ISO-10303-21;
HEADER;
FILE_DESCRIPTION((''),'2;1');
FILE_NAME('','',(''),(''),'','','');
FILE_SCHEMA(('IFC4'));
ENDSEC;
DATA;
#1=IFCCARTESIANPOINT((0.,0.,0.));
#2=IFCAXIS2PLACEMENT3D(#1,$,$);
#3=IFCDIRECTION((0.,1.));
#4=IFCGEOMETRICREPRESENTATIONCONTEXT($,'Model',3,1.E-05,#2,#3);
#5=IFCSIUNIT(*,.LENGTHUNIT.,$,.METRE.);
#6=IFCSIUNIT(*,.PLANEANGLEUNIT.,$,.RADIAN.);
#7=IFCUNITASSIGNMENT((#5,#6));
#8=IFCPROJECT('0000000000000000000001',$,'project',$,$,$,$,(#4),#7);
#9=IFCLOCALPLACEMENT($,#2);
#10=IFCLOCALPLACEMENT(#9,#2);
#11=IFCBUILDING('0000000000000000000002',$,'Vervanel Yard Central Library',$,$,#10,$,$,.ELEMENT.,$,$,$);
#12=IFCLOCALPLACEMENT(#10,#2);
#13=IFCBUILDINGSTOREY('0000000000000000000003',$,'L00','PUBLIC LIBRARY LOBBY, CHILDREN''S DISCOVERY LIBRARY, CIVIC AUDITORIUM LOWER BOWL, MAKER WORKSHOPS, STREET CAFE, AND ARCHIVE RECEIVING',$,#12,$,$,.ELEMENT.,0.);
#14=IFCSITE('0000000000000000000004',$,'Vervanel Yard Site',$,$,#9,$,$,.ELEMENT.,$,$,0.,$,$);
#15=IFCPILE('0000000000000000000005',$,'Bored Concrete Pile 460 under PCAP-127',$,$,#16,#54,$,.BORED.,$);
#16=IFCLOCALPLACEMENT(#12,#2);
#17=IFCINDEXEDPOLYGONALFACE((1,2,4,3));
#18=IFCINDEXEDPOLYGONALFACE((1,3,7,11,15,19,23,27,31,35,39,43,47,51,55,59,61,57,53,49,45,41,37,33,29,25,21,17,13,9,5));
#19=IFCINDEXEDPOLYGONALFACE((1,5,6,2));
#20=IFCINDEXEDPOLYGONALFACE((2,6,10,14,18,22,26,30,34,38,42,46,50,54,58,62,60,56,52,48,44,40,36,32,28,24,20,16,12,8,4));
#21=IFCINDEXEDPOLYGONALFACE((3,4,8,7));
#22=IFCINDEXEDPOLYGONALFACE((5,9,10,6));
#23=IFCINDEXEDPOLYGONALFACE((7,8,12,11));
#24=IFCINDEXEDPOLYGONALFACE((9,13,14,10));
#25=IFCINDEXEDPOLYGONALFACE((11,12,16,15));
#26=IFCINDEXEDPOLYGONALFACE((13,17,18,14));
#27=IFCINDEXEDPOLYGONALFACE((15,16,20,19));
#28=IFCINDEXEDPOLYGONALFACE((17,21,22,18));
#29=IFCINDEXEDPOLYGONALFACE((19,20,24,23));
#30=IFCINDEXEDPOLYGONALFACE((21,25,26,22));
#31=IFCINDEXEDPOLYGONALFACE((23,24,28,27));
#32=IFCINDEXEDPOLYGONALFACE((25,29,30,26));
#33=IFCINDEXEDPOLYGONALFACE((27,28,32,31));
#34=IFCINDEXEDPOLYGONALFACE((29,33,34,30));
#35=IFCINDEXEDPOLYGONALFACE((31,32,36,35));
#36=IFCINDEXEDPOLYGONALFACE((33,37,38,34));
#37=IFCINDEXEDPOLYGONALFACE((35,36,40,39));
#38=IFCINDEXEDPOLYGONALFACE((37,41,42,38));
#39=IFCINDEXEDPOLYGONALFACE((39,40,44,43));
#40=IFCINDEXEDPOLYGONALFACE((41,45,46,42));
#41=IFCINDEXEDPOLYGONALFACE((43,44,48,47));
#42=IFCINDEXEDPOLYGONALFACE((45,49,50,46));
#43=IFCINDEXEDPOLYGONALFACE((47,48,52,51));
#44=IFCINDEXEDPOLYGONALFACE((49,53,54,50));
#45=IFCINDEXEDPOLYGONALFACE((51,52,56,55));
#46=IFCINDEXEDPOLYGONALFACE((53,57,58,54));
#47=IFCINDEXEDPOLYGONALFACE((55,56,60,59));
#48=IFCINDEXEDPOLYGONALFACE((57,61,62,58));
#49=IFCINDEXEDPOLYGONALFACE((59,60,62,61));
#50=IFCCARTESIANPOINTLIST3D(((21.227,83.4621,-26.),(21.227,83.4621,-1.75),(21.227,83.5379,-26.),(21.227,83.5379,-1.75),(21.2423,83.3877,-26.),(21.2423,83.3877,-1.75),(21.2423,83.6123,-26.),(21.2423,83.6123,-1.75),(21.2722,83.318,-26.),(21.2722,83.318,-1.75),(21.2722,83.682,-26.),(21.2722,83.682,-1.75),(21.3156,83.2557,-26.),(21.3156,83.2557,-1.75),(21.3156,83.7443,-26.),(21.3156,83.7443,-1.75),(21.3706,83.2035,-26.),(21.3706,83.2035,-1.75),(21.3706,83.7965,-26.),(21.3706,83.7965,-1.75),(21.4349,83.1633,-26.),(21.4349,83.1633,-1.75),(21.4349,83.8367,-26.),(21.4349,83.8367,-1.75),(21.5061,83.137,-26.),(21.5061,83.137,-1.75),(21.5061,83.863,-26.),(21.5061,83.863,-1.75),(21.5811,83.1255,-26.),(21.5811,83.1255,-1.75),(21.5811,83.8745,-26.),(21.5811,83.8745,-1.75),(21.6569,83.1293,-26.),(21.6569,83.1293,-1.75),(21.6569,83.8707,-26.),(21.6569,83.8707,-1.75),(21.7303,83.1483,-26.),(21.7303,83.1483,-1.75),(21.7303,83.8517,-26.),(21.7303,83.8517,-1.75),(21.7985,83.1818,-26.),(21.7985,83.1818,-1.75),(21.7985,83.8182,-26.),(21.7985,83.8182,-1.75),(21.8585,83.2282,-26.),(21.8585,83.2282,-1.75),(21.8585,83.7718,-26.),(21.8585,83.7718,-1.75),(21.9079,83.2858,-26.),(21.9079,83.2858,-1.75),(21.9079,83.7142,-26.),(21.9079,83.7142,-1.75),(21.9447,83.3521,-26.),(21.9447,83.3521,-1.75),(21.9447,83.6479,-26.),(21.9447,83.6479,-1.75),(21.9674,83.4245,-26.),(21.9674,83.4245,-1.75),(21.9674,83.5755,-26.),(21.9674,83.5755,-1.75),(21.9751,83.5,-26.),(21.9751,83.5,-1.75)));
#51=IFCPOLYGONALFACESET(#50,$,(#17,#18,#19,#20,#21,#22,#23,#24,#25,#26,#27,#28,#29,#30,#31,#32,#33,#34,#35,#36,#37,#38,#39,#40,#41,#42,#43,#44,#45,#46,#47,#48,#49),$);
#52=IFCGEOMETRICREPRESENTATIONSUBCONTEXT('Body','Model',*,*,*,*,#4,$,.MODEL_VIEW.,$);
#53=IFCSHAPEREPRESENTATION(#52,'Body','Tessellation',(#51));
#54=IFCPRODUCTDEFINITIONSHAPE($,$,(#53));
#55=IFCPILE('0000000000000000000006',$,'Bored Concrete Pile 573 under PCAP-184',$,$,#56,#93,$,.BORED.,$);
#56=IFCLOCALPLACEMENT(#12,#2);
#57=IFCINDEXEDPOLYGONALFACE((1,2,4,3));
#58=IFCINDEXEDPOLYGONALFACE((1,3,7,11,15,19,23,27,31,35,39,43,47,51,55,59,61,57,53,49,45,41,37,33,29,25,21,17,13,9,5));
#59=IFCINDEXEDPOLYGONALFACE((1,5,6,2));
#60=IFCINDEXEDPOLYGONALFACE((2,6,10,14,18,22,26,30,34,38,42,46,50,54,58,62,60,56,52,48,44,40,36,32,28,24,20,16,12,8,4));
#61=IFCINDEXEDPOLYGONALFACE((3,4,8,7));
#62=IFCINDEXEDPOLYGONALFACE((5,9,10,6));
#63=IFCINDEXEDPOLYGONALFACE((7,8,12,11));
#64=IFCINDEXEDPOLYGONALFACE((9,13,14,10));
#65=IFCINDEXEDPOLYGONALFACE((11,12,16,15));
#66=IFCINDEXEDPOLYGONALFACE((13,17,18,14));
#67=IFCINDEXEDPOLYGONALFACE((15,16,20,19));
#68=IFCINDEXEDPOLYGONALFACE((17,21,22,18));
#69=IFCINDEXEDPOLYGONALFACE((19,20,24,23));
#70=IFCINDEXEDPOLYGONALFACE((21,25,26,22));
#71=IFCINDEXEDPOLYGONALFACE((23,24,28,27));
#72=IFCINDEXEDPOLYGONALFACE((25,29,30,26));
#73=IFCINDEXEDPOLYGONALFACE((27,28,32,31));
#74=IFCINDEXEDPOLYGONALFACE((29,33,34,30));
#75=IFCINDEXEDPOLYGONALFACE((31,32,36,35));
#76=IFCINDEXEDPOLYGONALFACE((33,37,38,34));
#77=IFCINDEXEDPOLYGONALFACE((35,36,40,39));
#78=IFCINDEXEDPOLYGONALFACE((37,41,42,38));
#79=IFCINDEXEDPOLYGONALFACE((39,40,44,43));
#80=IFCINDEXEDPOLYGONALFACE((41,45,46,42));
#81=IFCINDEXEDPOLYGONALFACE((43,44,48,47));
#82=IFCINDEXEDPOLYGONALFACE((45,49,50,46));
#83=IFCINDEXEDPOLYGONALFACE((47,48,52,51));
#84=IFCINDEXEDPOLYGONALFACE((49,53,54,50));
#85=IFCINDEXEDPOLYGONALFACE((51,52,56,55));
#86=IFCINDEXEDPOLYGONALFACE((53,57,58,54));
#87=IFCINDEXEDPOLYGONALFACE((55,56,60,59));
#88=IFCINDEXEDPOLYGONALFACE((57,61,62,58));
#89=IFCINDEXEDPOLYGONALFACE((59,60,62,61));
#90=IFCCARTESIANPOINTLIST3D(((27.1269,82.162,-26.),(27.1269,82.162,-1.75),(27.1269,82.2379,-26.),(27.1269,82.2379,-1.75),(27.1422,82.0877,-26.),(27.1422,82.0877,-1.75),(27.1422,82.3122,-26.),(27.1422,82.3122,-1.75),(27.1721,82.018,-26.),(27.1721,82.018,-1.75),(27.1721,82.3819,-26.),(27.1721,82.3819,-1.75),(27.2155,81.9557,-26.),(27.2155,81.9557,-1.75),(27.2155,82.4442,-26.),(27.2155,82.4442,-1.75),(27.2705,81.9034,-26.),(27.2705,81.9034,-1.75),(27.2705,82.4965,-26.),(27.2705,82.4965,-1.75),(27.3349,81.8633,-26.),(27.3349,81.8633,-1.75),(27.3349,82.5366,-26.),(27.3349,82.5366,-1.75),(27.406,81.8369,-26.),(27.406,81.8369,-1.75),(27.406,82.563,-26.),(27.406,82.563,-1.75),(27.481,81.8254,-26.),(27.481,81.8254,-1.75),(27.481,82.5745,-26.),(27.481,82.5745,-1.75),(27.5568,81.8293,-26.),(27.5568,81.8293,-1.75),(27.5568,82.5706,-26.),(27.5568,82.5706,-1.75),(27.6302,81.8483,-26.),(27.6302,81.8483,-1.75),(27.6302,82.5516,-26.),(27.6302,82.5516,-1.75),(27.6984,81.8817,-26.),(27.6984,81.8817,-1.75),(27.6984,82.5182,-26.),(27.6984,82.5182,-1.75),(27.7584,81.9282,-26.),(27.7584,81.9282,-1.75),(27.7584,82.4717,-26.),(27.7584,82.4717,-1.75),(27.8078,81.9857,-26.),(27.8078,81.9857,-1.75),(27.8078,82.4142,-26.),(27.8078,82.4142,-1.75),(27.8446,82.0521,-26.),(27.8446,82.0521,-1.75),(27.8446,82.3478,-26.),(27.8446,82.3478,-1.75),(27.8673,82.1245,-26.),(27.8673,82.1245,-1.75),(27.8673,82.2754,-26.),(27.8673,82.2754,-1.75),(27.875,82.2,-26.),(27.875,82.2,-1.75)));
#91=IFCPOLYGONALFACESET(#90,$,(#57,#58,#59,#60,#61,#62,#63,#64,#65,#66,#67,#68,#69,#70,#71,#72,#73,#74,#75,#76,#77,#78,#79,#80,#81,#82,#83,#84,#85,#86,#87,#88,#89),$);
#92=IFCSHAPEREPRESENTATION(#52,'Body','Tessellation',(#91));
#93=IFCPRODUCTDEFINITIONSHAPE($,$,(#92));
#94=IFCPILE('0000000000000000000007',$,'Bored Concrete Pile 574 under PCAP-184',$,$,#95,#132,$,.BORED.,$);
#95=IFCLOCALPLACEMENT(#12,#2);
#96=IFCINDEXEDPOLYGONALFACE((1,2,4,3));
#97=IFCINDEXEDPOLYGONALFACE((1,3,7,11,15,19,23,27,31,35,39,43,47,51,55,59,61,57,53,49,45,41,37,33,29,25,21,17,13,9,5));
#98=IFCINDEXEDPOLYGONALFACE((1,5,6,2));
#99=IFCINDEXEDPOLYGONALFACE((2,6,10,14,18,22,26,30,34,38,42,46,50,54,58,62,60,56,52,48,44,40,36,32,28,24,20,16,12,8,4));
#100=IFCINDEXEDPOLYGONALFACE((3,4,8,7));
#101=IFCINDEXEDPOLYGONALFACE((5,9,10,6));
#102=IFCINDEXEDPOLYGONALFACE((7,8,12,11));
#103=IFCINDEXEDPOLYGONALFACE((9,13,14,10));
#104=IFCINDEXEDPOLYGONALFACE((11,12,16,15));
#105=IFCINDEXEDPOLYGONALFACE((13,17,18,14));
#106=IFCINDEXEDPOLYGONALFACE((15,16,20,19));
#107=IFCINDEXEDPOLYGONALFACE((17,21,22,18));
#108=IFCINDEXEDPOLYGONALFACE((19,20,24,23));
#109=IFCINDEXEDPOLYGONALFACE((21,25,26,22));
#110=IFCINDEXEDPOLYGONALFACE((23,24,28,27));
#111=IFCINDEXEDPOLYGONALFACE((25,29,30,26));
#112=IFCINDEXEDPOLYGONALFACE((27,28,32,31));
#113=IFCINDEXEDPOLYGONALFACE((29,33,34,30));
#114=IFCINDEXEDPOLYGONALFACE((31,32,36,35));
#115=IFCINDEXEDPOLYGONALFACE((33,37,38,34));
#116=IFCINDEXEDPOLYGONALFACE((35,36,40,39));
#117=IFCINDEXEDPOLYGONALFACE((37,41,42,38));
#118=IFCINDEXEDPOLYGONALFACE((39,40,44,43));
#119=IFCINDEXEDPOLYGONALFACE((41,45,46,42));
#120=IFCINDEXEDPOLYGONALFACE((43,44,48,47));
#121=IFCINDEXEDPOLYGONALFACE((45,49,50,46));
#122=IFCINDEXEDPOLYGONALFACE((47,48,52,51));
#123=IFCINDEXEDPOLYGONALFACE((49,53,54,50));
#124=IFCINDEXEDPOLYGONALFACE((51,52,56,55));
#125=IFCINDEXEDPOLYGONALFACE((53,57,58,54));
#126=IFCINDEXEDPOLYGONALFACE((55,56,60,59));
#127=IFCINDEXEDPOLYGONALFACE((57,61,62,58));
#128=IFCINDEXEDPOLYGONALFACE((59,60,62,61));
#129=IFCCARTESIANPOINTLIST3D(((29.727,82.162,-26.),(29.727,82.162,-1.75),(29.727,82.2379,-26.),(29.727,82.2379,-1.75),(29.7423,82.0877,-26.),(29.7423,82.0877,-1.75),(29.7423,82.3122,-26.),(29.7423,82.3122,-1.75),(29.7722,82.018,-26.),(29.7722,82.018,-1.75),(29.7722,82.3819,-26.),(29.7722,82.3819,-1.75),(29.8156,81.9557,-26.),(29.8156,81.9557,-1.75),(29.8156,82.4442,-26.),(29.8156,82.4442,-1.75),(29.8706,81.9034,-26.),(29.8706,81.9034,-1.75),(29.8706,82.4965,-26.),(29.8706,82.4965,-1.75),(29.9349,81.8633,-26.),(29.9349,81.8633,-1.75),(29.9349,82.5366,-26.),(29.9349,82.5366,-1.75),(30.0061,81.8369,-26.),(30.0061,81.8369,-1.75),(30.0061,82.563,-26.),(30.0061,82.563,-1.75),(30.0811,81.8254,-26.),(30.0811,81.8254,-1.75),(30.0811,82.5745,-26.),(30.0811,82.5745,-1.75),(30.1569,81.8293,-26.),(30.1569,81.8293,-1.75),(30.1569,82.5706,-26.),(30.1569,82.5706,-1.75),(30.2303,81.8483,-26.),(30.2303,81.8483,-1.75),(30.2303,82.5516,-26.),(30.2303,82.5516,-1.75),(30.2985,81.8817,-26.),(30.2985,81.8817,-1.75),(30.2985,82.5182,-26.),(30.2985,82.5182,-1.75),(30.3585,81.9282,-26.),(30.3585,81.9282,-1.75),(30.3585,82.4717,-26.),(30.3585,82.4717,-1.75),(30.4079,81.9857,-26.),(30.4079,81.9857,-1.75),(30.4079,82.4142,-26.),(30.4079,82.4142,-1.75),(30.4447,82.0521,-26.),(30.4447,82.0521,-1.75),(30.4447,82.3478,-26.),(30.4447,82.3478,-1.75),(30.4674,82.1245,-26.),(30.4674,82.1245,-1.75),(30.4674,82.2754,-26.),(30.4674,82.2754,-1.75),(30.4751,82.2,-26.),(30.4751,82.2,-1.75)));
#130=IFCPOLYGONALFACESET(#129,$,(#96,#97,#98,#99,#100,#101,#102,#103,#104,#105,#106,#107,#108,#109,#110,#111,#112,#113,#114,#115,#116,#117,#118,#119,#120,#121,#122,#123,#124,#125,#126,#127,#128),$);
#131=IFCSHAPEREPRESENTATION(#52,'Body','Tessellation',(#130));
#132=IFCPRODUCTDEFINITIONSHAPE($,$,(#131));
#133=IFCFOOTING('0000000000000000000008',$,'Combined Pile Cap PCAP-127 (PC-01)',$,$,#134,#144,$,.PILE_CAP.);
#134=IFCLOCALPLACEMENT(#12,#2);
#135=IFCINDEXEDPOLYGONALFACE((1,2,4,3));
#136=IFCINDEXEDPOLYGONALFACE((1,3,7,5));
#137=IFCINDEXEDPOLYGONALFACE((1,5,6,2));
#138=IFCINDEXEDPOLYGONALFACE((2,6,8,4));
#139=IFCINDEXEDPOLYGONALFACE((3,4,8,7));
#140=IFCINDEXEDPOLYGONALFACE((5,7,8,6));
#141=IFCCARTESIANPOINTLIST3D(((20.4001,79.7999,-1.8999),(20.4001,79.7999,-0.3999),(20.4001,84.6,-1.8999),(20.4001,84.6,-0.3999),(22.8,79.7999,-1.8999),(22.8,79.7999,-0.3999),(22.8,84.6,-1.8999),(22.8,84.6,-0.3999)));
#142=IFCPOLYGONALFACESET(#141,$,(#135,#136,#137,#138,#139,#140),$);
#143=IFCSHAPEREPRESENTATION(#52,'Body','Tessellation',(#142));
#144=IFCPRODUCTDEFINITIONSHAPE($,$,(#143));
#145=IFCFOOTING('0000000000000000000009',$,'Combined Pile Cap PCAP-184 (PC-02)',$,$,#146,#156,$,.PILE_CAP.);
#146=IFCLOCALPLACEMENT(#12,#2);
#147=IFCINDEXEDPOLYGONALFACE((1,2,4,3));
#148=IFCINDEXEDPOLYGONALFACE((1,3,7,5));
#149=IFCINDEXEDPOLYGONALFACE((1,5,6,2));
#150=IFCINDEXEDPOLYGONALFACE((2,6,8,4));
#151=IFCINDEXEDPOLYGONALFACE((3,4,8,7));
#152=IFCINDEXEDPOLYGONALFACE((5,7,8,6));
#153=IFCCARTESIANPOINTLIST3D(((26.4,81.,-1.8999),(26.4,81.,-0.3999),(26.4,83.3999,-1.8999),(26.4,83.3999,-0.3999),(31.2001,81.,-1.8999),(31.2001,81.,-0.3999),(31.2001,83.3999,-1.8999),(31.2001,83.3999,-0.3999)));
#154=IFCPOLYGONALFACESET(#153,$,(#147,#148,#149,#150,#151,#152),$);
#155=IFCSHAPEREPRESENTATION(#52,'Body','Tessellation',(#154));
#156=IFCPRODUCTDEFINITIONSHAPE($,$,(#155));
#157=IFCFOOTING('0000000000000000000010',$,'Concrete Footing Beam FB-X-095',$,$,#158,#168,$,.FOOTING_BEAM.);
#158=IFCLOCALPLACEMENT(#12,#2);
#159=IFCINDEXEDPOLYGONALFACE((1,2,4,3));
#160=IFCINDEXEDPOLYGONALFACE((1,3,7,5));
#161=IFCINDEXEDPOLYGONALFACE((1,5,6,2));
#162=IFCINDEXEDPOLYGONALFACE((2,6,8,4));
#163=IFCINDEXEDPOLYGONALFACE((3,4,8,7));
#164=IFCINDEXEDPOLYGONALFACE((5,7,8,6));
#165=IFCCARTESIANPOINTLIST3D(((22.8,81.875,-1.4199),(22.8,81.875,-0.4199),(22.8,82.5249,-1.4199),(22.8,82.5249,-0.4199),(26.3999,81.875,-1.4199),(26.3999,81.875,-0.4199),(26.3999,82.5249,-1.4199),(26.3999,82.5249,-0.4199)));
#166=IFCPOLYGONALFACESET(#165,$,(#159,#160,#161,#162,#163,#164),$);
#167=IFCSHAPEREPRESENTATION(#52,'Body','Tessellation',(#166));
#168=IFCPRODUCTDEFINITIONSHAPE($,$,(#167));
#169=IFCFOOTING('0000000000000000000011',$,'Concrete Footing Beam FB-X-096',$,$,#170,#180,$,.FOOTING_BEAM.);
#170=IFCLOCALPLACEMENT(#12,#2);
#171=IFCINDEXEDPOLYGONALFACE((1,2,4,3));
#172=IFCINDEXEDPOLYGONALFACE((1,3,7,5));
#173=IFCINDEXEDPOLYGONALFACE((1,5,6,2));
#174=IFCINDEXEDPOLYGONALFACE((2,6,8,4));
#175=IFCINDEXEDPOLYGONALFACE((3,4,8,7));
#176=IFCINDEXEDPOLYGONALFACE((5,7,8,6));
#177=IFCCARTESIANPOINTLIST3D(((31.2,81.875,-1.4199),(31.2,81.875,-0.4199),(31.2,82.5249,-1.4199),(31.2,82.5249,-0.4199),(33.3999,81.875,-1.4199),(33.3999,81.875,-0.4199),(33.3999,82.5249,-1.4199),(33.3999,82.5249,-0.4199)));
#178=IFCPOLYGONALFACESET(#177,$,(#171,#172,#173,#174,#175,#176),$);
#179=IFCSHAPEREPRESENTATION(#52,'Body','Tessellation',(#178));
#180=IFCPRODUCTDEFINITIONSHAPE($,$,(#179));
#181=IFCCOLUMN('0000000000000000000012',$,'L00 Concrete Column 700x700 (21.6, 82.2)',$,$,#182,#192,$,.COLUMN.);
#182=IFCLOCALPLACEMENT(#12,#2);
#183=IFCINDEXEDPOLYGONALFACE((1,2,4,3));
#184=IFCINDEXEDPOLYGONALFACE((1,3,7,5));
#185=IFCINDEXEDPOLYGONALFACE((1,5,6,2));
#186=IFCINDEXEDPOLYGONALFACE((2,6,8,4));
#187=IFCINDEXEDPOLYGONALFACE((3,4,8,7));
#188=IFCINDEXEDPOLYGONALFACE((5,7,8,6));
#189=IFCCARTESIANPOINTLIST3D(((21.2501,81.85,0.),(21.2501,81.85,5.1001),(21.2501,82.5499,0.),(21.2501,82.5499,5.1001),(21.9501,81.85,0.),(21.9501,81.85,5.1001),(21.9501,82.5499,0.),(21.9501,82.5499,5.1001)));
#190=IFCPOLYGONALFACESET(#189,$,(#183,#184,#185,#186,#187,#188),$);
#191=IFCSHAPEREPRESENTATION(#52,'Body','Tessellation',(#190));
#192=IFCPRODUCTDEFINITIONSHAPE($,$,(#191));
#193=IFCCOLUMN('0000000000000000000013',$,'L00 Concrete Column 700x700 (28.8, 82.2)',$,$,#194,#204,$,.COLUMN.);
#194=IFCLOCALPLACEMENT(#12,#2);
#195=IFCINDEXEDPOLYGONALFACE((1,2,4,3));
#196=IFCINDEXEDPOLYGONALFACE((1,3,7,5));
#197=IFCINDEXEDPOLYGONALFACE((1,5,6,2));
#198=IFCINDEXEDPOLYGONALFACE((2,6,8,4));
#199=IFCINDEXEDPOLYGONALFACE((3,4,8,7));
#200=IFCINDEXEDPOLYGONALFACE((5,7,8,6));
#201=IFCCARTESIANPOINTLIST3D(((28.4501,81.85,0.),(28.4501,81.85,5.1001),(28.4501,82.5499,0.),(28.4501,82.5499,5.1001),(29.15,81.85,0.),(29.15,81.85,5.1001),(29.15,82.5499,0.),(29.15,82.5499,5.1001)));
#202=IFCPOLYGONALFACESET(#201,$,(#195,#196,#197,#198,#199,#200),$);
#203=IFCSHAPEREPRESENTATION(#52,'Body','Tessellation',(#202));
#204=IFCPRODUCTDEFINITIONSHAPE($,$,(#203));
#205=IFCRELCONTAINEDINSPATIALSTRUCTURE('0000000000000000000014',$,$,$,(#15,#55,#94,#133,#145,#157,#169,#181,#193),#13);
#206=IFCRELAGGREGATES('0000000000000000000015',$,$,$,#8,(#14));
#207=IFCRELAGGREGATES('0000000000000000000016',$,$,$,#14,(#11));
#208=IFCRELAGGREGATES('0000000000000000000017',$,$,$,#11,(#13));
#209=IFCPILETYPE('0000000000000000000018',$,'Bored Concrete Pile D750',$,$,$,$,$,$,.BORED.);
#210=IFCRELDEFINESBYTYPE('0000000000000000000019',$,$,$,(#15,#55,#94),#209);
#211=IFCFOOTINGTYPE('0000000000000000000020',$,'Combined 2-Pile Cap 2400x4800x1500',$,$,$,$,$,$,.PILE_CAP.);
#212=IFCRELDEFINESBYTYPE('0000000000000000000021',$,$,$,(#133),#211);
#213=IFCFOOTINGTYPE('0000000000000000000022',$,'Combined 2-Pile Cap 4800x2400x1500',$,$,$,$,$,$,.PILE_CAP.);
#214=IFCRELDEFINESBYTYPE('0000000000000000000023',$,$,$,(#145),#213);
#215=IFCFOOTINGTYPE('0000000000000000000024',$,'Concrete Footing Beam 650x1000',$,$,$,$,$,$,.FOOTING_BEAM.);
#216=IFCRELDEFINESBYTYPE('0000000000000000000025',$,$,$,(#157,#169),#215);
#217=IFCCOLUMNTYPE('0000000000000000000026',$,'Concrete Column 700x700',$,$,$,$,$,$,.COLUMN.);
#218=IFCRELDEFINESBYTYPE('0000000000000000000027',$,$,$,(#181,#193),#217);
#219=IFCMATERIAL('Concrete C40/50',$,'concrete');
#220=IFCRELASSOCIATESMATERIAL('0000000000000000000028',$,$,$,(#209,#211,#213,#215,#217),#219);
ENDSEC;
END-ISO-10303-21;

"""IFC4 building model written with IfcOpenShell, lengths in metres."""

from ifc_helpers import new_model, si_unit, direction, frame, origin, origin_2d, place, context, subcontext, project, spatial, rectangle, circle, extrude, material, material_profile, profile_set, type_object, element, save


model = new_model("IFC4")

# Units and contexts
model_context = context("Model", 3, precision=1e-05, world=origin(), true_north=direction((0.0, 1.0)))
body_context = subcontext(model_context, "Body", "Model", "MODEL_VIEW")
ifc_project = project(units=[si_unit("LENGTHUNIT", "METRE"), si_unit("PLANEANGLEUNIT", "RADIAN")], contexts=[model_context])

# Site, building, storey
site_placement = place(None, origin())
site = spatial("IfcSite", under=ifc_project, at=site_placement, Name="Vervanel Yard Site", CompositionType="ELEMENT", RefElevation=0.0)
building_placement = place(site_placement, origin())
building = spatial("IfcBuilding", under=site, at=building_placement, Name="Vervanel Yard Central Library", CompositionType="ELEMENT")
storey_placement = place(building_placement, origin())
storey = spatial("IfcBuildingStorey", under=building, at=storey_placement, Name="L00", Description="PUBLIC LIBRARY LOBBY, CHILDREN'S DISCOVERY LIBRARY, CIVIC AUDITORIUM LOWER BOWL, MAKER WORKSHOPS, STREET CAFE, AND ARCHIVE RECEIVING", CompositionType="ELEMENT", Elevation=0.0)

# Piles
ifc_material_1 = material(Name="Concrete C40/50", Category="concrete")
ifc_material_profile_1 = material_profile(ifc_material_1, circle(Radius=0.375, at=origin_2d()), Name="BP D750", Category="concrete")
ifc_profile_set_1 = profile_set([ifc_material_profile_1], Name="Concrete C40/50")
pile_type = type_object("IfcPileType", Name="Bored Concrete Pile D750", PredefinedType="BORED", material=ifc_profile_set_1)
for number, where, z_axis, x_axis, name in (
    (1, (21.6001, 83.5, -1.75), (0.0, 0.0, -1.0), (1.0, 0.0, 0.0), "Bored Concrete Pile 460 under PCAP-127"),
    (2, (27.5, 82.2, -1.75), (0.0, 0.0, -1.0), (1.0, 0.0, 0.0), "Bored Concrete Pile 573 under PCAP-184"),
    (3, (30.1001, 82.2, -1.75), (0.0, 0.0, -1.0), (1.0, 0.0, 0.0), "Bored Concrete Pile 574 under PCAP-184"),
):
    element("IfcPile", number, at=place(storey_placement, frame(where, z_axis=z_axis, x_axis=x_axis)), inside=storey, type_object=pile_type, Name=name, PredefinedType="BORED", context=body_context, shape_type="SweptSolid", body=[
        extrude(circle(Radius=0.375, at=origin_2d()), origin(), (0.0, 0.0, 1.0), 24.25),
    ])

# Footings
footing_type_1 = type_object("IfcFootingType", Name="Combined 2-Pile Cap 2400x4800x1500", PredefinedType="PILE_CAP", material=ifc_material_1)
footing_1_placement = place(storey_placement, frame((21.6001, 82.2, -1.8999), z_axis=(0.0, 0.0, 1.0), x_axis=(1.0, 0.0, 0.0)))
element("IfcFooting", 4, at=footing_1_placement, inside=storey, type_object=footing_type_1, Name="Combined Pile Cap PCAP-127 (PC-01)", PredefinedType="PILE_CAP", context=body_context, shape_type="SweptSolid", body=[
    extrude(rectangle(XDim=2.3999, YDim=4.8, at=origin_2d()), origin(), (0.0, 0.0, 1.0), 1.5),
])
footing_type_2 = type_object("IfcFootingType", Name="Combined 2-Pile Cap 4800x2400x1500", PredefinedType="PILE_CAP", material=ifc_material_1)
footing_2_placement = place(storey_placement, frame((28.8, 82.2, -1.8999), z_axis=(0.0, 0.0, 1.0), x_axis=(1.0, 0.0, 0.0)))
element("IfcFooting", 5, at=footing_2_placement, inside=storey, type_object=footing_type_2, Name="Combined Pile Cap PCAP-184 (PC-02)", PredefinedType="PILE_CAP", context=body_context, shape_type="SweptSolid", body=[
    extrude(rectangle(XDim=4.8, YDim=2.3999, at=origin_2d()), origin(), (0.0, 0.0, 1.0), 1.5),
])
ifc_material_profile_2 = material_profile(ifc_material_1, rectangle(XDim=0.6499, YDim=1.0, at=origin_2d()), Name="RC 650x1000", Category="concrete")
ifc_profile_set_2 = profile_set([ifc_material_profile_2], Name="Concrete C40/50")
footing_type_3 = type_object("IfcFootingType", Name="Concrete Footing Beam 650x1000", PredefinedType="FOOTING_BEAM", material=ifc_profile_set_2)
footing_3_placement = place(storey_placement, frame((22.8, 82.2, -0.9199), z_axis=(1.0, 0.0, 0.0), x_axis=(0.0, 1.0, 0.0)))
element("IfcFooting", 6, at=footing_3_placement, inside=storey, type_object=footing_type_3, Name="Concrete Footing Beam FB-X-095", PredefinedType="FOOTING_BEAM", context=body_context, shape_type="SweptSolid", body=[
    extrude(rectangle(XDim=0.6499, YDim=1.0, at=origin_2d()), origin(), (0.0, 0.0, 1.0), 3.5999),
])
footing_4_placement = place(storey_placement, frame((31.2, 82.2, -0.9199), z_axis=(1.0, 0.0, 0.0), x_axis=(0.0, 1.0, 0.0)))
element("IfcFooting", 7, at=footing_4_placement, inside=storey, type_object=footing_type_3, Name="Concrete Footing Beam FB-X-096", PredefinedType="FOOTING_BEAM", context=body_context, shape_type="SweptSolid", body=[
    extrude(rectangle(XDim=0.6499, YDim=1.0, at=origin_2d()), origin(), (0.0, 0.0, 1.0), 2.2),
])

# Columns
ifc_material_profile_3 = material_profile(ifc_material_1, rectangle(XDim=0.7, YDim=0.7, at=origin_2d()), Name="RC 700x700", Category="concrete")
ifc_profile_set_3 = profile_set([ifc_material_profile_3], Name="Concrete C40/50")
column_type = type_object("IfcColumnType", Name="Concrete Column 700x700", PredefinedType="COLUMN", material=ifc_profile_set_3)
for number, where, z_axis, x_axis, name in (
    (8, (21.6001, 82.2, 0.0), (0.0, 0.0, 1.0), (1.0, 0.0, 0.0), "L00 Concrete Column 700x700 (21.6, 82.2)"),
    (9, (28.8, 82.2, 0.0), (0.0, 0.0, 1.0), (1.0, 0.0, 0.0), "L00 Concrete Column 700x700 (28.8, 82.2)"),
):
    element("IfcColumn", number, at=place(storey_placement, frame(where, z_axis=z_axis, x_axis=x_axis)), inside=storey, type_object=column_type, Name=name, PredefinedType="COLUMN", context=body_context, shape_type="SweptSolid", body=[
        extrude(rectangle(XDim=0.7, YDim=0.7, at=origin_2d()), origin(), (0.0, 0.0, 1.0), 5.1001),
    ])

save(model, "model.ifc")
